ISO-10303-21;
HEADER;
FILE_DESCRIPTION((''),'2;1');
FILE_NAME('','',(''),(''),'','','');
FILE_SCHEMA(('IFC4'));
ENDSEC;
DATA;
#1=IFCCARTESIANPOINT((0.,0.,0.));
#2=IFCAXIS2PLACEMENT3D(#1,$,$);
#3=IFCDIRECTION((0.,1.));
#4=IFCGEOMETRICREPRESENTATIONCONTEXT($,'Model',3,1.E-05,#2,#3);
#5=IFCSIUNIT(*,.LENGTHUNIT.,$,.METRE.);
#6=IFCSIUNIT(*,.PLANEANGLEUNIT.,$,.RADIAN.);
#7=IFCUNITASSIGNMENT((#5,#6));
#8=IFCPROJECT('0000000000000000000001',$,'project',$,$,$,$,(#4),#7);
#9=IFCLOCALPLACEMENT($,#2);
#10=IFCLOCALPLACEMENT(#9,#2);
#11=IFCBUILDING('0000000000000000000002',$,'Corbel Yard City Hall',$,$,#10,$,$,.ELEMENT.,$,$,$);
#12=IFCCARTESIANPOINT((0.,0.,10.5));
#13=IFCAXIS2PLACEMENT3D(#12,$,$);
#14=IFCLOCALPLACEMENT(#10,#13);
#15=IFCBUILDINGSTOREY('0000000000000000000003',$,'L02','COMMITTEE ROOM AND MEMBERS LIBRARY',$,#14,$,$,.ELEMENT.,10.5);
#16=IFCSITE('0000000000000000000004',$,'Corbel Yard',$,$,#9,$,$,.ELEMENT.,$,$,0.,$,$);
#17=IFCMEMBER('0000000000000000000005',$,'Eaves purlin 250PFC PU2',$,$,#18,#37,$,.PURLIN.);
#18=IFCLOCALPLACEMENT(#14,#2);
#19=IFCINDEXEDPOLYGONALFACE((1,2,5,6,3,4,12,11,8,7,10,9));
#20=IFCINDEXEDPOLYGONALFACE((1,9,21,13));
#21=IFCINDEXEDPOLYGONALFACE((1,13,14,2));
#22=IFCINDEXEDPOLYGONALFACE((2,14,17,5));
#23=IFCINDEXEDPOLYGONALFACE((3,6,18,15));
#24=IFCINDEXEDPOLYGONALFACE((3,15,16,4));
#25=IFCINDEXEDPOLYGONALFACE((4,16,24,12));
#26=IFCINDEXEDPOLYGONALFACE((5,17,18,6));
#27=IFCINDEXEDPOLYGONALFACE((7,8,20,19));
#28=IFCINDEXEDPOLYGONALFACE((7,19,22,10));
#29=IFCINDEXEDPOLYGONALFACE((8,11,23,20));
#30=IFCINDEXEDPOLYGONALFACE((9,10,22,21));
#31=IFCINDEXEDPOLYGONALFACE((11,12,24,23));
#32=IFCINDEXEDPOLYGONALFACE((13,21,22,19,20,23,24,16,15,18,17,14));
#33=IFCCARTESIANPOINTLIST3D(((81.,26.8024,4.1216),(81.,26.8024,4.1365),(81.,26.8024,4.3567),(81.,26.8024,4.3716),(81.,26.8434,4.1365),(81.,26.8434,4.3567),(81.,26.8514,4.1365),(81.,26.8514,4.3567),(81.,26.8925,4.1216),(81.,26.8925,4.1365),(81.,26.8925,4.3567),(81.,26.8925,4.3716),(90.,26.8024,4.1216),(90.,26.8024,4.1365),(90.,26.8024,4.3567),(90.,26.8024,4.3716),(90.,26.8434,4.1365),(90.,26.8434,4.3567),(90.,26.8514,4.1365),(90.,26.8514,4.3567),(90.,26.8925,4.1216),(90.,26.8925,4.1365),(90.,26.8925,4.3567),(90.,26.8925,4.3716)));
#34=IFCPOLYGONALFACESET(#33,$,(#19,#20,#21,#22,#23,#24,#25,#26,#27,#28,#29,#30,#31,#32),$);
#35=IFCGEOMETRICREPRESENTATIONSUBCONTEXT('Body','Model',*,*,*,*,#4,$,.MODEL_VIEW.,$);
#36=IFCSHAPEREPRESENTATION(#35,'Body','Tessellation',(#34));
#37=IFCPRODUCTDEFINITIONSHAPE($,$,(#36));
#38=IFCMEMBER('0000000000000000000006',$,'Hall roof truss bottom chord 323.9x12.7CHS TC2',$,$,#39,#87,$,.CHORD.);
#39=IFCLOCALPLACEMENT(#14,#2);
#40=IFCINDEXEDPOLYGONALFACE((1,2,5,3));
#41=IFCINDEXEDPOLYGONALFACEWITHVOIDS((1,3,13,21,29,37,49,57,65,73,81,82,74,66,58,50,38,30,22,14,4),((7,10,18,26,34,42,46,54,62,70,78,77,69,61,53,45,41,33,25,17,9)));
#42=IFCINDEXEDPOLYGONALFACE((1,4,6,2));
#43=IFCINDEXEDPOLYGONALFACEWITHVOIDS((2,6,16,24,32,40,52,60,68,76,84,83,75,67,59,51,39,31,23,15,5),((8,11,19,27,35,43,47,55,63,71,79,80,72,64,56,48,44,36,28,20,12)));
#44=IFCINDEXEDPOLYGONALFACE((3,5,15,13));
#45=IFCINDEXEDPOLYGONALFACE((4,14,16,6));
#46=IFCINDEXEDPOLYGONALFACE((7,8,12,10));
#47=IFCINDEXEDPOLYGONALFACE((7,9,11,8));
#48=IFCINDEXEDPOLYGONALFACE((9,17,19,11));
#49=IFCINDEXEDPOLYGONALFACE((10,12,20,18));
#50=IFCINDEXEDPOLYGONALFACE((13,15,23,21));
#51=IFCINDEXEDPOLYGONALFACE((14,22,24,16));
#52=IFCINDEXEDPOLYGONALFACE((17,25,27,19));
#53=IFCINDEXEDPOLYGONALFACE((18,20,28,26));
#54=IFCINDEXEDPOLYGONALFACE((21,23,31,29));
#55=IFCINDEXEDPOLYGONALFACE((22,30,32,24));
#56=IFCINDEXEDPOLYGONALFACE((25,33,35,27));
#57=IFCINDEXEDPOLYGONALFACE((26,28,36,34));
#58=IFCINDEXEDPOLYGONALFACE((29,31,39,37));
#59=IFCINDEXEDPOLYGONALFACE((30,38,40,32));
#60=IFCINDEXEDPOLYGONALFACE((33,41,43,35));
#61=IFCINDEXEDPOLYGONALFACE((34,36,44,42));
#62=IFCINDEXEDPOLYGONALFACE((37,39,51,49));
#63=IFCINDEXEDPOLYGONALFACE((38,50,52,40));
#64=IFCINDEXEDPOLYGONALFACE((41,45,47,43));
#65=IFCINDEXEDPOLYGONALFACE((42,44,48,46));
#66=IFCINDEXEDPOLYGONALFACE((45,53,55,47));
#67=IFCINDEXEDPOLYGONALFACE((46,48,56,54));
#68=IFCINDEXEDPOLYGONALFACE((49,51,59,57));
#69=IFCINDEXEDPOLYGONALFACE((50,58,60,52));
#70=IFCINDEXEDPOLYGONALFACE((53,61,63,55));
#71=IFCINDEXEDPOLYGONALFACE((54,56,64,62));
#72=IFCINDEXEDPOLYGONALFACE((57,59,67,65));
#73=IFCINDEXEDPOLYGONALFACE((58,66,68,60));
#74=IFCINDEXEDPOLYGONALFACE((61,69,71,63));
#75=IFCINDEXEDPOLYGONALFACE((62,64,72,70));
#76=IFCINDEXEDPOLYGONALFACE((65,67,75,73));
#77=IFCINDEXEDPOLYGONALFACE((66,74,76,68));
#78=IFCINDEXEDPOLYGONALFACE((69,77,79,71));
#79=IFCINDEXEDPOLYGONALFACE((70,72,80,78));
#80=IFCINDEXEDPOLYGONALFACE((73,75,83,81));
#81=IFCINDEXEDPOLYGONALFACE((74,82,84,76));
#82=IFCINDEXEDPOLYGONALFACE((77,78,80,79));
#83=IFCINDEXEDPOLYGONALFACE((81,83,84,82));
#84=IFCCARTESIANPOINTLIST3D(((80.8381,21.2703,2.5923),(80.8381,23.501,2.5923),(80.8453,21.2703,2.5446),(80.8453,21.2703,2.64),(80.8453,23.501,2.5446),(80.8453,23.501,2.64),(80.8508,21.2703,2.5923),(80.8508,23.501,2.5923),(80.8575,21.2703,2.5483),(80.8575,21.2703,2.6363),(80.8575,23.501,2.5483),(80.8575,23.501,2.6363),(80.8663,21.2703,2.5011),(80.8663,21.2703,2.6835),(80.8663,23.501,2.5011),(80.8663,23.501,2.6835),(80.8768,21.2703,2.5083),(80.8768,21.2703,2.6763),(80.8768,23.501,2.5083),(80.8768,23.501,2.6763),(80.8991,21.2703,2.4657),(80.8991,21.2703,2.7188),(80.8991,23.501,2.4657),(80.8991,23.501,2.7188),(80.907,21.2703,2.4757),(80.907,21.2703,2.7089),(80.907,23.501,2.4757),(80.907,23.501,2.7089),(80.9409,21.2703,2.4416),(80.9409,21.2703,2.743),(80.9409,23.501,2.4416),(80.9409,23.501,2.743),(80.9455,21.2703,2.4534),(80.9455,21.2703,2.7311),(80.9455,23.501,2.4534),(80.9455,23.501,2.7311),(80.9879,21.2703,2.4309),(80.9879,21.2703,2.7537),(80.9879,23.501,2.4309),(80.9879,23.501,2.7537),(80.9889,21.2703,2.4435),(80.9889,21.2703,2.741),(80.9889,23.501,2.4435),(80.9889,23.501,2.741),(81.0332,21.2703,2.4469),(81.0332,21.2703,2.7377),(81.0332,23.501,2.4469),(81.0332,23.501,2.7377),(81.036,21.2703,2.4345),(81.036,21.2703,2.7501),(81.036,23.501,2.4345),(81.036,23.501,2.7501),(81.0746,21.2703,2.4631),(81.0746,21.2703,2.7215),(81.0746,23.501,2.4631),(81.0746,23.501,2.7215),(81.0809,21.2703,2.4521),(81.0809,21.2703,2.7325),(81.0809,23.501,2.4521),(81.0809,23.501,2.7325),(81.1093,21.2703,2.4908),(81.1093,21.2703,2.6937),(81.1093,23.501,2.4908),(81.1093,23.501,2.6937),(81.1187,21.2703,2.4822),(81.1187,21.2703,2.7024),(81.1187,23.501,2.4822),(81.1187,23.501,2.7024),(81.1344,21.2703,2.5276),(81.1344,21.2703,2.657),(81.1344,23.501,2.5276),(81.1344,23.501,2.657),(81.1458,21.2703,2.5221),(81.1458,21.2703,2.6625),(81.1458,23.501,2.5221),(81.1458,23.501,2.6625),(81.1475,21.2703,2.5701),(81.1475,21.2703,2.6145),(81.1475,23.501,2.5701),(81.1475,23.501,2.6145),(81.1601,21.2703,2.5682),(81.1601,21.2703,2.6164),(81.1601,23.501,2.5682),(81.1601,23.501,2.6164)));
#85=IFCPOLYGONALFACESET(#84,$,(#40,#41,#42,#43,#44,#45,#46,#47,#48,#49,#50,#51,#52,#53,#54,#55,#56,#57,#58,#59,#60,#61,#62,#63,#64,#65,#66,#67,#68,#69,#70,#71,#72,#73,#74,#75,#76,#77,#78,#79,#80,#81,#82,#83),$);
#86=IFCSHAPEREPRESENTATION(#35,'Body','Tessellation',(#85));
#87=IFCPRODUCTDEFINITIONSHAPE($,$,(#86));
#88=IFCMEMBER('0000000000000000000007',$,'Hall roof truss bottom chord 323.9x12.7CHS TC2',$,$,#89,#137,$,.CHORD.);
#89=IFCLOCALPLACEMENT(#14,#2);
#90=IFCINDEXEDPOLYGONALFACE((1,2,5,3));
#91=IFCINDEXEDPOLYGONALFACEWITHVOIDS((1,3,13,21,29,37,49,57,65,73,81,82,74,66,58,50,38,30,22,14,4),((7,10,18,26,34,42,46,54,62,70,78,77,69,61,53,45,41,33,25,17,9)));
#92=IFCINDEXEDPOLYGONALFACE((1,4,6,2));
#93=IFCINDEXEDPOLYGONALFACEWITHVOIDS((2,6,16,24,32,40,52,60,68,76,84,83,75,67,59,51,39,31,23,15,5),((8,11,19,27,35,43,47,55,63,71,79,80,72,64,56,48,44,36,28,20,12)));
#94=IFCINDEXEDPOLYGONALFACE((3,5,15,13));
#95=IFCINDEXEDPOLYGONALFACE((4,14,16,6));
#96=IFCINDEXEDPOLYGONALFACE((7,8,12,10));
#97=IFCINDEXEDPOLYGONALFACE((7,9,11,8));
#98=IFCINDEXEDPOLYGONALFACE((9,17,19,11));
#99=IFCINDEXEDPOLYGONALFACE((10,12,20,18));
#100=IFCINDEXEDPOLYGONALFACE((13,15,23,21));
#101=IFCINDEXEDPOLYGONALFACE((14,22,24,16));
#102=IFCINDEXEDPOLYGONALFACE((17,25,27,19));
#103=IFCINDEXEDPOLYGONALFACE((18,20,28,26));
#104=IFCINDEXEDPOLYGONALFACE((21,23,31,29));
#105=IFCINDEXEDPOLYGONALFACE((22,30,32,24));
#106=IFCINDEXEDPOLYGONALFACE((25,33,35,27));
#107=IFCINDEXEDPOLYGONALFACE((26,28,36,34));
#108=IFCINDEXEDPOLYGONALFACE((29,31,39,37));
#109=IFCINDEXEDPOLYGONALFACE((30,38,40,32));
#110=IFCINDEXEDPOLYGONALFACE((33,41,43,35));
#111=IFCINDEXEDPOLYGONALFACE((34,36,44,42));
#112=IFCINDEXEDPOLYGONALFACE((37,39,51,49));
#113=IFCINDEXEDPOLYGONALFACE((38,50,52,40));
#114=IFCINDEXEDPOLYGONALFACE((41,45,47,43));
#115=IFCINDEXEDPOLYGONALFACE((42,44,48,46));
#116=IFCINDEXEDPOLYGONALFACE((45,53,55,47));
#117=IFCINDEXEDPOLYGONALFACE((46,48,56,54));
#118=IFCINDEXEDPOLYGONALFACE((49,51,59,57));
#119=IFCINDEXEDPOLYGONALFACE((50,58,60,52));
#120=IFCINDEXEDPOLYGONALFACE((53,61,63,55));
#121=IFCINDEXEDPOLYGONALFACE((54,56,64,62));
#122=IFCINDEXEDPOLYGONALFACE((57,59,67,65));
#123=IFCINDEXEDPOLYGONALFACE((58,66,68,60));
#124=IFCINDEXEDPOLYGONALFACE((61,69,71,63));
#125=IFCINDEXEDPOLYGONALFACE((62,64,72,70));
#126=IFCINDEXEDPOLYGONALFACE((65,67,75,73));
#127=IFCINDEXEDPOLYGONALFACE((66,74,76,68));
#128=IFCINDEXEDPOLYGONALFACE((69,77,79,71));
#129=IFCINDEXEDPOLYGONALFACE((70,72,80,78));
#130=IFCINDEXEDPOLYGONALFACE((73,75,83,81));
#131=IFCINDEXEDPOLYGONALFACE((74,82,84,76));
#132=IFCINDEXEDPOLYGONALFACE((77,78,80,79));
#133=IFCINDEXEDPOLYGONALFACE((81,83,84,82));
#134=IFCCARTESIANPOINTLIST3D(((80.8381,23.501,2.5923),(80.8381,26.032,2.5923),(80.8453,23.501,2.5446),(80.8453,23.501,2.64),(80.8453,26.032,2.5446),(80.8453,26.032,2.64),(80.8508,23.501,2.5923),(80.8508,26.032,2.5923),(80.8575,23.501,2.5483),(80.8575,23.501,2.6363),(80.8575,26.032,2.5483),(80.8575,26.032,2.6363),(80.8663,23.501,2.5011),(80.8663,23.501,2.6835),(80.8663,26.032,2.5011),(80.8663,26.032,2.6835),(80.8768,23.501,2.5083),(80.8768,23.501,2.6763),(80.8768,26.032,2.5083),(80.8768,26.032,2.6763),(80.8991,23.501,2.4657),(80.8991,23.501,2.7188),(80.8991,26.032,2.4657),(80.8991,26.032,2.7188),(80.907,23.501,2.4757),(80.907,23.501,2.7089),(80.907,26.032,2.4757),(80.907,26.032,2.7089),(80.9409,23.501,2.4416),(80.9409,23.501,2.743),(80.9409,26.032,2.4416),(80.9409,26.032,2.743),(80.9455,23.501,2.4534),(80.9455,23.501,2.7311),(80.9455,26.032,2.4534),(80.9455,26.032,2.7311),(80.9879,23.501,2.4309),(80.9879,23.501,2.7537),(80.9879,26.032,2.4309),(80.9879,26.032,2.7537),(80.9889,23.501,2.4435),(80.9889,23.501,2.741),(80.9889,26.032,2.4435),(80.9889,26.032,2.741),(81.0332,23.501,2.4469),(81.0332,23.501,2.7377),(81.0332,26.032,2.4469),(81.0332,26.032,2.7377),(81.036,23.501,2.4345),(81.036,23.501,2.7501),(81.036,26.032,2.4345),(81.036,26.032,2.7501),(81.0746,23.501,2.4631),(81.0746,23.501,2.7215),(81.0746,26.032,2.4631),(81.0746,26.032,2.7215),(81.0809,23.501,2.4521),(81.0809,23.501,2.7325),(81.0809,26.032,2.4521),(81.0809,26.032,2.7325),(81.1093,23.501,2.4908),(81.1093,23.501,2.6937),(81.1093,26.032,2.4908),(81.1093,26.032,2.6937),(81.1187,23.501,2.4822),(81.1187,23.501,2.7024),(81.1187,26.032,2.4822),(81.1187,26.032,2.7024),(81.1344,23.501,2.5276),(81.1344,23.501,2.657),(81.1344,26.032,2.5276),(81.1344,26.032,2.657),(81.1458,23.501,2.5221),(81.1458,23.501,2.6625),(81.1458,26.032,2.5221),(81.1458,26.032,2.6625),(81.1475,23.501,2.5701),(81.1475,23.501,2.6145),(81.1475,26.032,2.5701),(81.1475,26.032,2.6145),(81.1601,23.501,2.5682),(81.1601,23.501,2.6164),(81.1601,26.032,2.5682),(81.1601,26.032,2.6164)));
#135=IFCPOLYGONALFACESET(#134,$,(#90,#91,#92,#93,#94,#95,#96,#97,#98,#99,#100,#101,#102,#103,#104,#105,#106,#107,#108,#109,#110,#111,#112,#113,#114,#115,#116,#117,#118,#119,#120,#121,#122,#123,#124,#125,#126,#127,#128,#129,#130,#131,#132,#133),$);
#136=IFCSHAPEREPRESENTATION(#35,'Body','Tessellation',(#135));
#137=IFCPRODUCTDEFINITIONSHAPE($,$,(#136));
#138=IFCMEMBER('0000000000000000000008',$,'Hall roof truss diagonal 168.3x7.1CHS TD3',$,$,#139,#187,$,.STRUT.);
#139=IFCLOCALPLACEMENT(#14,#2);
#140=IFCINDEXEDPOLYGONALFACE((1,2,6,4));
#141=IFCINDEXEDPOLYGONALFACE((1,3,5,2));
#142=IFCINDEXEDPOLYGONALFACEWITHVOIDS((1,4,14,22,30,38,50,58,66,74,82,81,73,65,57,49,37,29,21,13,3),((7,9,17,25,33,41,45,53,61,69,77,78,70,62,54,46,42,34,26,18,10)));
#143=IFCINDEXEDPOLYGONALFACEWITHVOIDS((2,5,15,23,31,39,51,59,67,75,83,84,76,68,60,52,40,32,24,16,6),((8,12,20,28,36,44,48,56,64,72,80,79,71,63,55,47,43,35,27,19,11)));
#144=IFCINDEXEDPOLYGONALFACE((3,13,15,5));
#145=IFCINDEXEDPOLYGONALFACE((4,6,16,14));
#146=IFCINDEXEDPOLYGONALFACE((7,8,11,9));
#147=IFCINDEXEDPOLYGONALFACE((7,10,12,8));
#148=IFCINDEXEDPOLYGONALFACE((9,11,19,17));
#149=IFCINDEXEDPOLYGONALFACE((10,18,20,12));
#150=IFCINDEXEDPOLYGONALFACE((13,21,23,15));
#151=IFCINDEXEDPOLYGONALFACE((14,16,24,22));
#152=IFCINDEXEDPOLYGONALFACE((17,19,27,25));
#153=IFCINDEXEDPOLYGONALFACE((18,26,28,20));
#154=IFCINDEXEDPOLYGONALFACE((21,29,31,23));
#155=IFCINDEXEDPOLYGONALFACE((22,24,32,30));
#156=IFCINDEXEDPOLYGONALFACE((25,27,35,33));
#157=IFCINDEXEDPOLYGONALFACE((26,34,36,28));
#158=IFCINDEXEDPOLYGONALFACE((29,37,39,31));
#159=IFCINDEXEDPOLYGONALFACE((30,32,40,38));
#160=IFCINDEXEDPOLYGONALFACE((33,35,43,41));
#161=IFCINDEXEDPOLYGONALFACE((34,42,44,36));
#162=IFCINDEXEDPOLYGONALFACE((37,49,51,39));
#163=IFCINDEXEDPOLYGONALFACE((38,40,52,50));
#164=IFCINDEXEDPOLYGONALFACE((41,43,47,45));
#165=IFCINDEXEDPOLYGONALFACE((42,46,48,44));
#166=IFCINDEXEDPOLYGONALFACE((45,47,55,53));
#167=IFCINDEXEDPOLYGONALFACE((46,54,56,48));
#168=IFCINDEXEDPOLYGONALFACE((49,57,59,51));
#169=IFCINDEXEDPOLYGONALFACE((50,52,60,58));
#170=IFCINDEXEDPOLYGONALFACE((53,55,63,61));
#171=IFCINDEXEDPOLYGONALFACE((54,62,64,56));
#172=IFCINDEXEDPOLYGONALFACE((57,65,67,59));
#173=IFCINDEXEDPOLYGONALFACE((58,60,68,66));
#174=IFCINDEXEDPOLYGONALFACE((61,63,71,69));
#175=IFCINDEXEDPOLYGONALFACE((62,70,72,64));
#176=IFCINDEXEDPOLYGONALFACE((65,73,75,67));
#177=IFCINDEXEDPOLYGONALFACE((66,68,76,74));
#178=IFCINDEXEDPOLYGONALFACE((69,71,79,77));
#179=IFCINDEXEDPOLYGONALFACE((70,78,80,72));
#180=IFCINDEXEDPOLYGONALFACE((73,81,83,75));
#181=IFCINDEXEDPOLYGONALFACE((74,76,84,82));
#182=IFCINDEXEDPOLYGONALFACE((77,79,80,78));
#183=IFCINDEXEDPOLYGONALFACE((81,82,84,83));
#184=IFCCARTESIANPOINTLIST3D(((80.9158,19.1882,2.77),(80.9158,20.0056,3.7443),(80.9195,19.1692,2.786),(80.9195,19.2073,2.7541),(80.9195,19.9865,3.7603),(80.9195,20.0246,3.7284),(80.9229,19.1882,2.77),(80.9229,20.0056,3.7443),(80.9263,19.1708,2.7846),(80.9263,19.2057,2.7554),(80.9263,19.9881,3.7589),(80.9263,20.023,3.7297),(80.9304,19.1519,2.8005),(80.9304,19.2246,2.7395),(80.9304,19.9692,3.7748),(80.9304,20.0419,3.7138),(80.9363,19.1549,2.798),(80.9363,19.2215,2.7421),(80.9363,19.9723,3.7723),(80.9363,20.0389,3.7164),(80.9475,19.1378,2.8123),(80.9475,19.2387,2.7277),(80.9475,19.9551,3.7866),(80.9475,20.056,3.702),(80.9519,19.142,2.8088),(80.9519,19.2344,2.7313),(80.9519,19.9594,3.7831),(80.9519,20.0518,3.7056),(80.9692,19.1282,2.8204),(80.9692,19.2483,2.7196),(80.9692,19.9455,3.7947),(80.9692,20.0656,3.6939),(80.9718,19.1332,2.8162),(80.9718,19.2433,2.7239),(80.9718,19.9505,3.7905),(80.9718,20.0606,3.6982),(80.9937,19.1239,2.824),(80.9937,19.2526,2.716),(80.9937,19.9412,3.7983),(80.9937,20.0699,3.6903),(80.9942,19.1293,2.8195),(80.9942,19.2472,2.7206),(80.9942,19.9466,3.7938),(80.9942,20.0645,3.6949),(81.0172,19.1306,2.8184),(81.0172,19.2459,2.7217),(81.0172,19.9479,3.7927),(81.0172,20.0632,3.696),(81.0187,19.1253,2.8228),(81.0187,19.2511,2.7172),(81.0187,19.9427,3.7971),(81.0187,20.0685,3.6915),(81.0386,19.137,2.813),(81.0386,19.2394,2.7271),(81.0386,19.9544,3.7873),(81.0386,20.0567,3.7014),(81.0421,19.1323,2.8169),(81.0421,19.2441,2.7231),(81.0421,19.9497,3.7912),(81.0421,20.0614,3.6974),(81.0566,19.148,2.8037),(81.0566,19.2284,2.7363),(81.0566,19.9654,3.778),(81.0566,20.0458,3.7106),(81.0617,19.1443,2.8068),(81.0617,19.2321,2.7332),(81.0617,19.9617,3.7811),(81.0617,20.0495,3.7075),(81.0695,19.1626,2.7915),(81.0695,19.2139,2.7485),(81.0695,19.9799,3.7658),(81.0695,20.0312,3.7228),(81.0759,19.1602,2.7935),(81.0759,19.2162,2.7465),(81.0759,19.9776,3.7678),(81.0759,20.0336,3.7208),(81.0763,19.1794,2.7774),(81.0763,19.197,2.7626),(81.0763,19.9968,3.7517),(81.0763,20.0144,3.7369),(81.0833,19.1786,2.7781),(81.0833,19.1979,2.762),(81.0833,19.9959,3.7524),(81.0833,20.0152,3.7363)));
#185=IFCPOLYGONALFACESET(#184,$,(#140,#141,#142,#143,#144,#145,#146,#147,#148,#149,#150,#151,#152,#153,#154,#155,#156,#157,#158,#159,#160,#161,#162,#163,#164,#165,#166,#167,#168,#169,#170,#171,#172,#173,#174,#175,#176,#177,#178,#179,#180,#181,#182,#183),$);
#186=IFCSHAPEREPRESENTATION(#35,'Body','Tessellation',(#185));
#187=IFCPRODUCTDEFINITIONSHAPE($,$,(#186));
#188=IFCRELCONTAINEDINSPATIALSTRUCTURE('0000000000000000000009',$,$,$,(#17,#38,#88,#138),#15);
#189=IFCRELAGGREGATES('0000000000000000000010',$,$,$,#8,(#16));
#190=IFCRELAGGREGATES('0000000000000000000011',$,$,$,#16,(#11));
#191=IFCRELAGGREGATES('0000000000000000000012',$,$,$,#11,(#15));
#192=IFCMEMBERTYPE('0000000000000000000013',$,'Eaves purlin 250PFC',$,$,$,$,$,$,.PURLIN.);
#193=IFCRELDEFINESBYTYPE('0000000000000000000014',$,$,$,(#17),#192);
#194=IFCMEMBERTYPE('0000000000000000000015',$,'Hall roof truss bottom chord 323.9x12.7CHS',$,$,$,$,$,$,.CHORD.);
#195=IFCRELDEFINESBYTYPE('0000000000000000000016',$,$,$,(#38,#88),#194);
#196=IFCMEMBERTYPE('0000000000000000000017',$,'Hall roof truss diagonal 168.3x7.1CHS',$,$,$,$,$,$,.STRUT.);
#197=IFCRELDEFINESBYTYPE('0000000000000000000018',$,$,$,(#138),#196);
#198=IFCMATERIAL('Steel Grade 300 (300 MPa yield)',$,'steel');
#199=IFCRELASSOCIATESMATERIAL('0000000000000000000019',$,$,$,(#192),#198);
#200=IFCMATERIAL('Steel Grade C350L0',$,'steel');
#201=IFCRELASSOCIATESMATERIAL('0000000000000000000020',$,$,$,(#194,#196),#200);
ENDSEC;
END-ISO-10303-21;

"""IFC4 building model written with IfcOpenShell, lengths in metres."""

from ifc_helpers import new_model, si_unit, direction, frame, origin, origin_2d, place, context, subcontext, project, spatial, hollow_circle, i_section, extrude, material, material_profile, profile_set, type_object, element, save


model = new_model("IFC4")

# Units and contexts
model_context = context("Model", 3, precision=1e-05, world=origin(), true_north=direction((0.0, 1.0)))
body_context = subcontext(model_context, "Body", "Model", "MODEL_VIEW")
ifc_project = project(units=[si_unit("LENGTHUNIT", "METRE"), si_unit("PLANEANGLEUNIT", "RADIAN")], contexts=[model_context])

# Site, building, storey
site_placement = place(None, origin())
site = spatial("IfcSite", under=ifc_project, at=site_placement, Name="Corbel Yard", CompositionType="ELEMENT", RefElevation=0.0)
building_placement = place(site_placement, origin())
building = spatial("IfcBuilding", under=site, at=building_placement, Name="Corbel Yard City Hall", CompositionType="ELEMENT")
storey_placement = place(building_placement, frame((0.0, 0.0, 10.5)))
storey = spatial("IfcBuildingStorey", under=building, at=storey_placement, Name="L02", Description="COMMITTEE ROOM AND MEMBERS LIBRARY", CompositionType="ELEMENT", Elevation=10.5)

# Members
ifc_material_1 = material(Name="Steel Grade 300 (300 MPa yield)", Category="steel")
ifc_material_profile_1 = material_profile(ifc_material_1, i_section(OverallWidth=0.0901, OverallDepth=0.25, WebThickness=0.0081, FlangeThickness=0.0149, at=origin_2d()), Name="250PFC")
ifc_profile_set_1 = profile_set([ifc_material_profile_1], Name="Steel Grade 300 (300 MPa yield)")
member_type_1 = type_object("IfcMemberType", Name="Eaves purlin 250PFC", PredefinedType="PURLIN", material=ifc_profile_set_1)
member_1_placement = place(storey_placement, frame((81.0, 26.8474, 4.2466), z_axis=(1.0, 0.0, 0.0), x_axis=(0.0, 1.0, 0.0)))
element("IfcMember", 1, at=member_1_placement, inside=storey, type_object=member_type_1, Name="Eaves purlin 250PFC PU2", PredefinedType="PURLIN", context=body_context, shape_type="SweptSolid", body=[
    extrude(i_section(OverallWidth=0.0901, OverallDepth=0.25, WebThickness=0.0081, FlangeThickness=0.0149, at=origin_2d()), origin(), (0.0, 0.0, 1.0), 9.0),
])
ifc_material_2 = material(Name="Steel Grade C350L0", Category="steel")
ifc_material_profile_2 = material_profile(ifc_material_2, hollow_circle(Radius=0.1619, WallThickness=0.0127, at=origin_2d()), Name="323.9x12.7CHS")
ifc_profile_set_2 = profile_set([ifc_material_profile_2], Name="Steel Grade C350L0")
member_type_2 = type_object("IfcMemberType", Name="Hall roof truss bottom chord 323.9x12.7CHS", PredefinedType="CHORD", material=ifc_profile_set_2)
member_2_placement = place(storey_placement, frame((81.0, 21.2703, 2.5923), z_axis=(0.0, 1.0, 0.0), x_axis=(-1.0, 0.0, 0.0)))
element("IfcMember", 2, at=member_2_placement, inside=storey, type_object=member_type_2, Name="Hall roof truss bottom chord 323.9x12.7CHS TC2", PredefinedType="CHORD", context=body_context, shape_type="SweptSolid", body=[
    extrude(hollow_circle(Radius=0.1619, WallThickness=0.0127, at=origin_2d()), origin(), (0.0, 0.0, 1.0), 2.2307),
])
member_3_placement = place(storey_placement, frame((81.0, 23.501, 2.5923), z_axis=(0.0, 1.0, 0.0), x_axis=(-1.0, 0.0, 0.0)))
element("IfcMember", 3, at=member_3_placement, inside=storey, type_object=member_type_2, Name="Hall roof truss bottom chord 323.9x12.7CHS TC2", PredefinedType="CHORD", context=body_context, shape_type="SweptSolid", body=[
    extrude(hollow_circle(Radius=0.1619, WallThickness=0.0127, at=origin_2d()), origin(), (0.0, 0.0, 1.0), 2.531),
])
ifc_material_profile_3 = material_profile(ifc_material_2, hollow_circle(Radius=0.0842, WallThickness=0.0071, at=origin_2d()), Name="168.3x7.1CHS")
ifc_profile_set_3 = profile_set([ifc_material_profile_3], Name="Steel Grade C350L0")
member_type_3 = type_object("IfcMemberType", Name="Hall roof truss diagonal 168.3x7.1CHS", PredefinedType="STRUT", material=ifc_profile_set_3)
for number, where, z_axis, x_axis, name in (
    (4, (81.0, 19.1882, 2.77), (0.0, 0.642692, 0.766124), (-1.0, 0.0, 0.0), "Hall roof truss diagonal 168.3x7.1CHS TD3"),
):
    element("IfcMember", number, at=place(storey_placement, frame(where, z_axis=z_axis, x_axis=x_axis)), inside=storey, type_object=member_type_3, Name=name, PredefinedType="STRUT", context=body_context, shape_type="SweptSolid", body=[
        extrude(hollow_circle(Radius=0.0842, WallThickness=0.0071, at=origin_2d()), origin(), (0.0, 0.0, 1.0), 1.2717),
    ])

save(model, "model.ifc")
